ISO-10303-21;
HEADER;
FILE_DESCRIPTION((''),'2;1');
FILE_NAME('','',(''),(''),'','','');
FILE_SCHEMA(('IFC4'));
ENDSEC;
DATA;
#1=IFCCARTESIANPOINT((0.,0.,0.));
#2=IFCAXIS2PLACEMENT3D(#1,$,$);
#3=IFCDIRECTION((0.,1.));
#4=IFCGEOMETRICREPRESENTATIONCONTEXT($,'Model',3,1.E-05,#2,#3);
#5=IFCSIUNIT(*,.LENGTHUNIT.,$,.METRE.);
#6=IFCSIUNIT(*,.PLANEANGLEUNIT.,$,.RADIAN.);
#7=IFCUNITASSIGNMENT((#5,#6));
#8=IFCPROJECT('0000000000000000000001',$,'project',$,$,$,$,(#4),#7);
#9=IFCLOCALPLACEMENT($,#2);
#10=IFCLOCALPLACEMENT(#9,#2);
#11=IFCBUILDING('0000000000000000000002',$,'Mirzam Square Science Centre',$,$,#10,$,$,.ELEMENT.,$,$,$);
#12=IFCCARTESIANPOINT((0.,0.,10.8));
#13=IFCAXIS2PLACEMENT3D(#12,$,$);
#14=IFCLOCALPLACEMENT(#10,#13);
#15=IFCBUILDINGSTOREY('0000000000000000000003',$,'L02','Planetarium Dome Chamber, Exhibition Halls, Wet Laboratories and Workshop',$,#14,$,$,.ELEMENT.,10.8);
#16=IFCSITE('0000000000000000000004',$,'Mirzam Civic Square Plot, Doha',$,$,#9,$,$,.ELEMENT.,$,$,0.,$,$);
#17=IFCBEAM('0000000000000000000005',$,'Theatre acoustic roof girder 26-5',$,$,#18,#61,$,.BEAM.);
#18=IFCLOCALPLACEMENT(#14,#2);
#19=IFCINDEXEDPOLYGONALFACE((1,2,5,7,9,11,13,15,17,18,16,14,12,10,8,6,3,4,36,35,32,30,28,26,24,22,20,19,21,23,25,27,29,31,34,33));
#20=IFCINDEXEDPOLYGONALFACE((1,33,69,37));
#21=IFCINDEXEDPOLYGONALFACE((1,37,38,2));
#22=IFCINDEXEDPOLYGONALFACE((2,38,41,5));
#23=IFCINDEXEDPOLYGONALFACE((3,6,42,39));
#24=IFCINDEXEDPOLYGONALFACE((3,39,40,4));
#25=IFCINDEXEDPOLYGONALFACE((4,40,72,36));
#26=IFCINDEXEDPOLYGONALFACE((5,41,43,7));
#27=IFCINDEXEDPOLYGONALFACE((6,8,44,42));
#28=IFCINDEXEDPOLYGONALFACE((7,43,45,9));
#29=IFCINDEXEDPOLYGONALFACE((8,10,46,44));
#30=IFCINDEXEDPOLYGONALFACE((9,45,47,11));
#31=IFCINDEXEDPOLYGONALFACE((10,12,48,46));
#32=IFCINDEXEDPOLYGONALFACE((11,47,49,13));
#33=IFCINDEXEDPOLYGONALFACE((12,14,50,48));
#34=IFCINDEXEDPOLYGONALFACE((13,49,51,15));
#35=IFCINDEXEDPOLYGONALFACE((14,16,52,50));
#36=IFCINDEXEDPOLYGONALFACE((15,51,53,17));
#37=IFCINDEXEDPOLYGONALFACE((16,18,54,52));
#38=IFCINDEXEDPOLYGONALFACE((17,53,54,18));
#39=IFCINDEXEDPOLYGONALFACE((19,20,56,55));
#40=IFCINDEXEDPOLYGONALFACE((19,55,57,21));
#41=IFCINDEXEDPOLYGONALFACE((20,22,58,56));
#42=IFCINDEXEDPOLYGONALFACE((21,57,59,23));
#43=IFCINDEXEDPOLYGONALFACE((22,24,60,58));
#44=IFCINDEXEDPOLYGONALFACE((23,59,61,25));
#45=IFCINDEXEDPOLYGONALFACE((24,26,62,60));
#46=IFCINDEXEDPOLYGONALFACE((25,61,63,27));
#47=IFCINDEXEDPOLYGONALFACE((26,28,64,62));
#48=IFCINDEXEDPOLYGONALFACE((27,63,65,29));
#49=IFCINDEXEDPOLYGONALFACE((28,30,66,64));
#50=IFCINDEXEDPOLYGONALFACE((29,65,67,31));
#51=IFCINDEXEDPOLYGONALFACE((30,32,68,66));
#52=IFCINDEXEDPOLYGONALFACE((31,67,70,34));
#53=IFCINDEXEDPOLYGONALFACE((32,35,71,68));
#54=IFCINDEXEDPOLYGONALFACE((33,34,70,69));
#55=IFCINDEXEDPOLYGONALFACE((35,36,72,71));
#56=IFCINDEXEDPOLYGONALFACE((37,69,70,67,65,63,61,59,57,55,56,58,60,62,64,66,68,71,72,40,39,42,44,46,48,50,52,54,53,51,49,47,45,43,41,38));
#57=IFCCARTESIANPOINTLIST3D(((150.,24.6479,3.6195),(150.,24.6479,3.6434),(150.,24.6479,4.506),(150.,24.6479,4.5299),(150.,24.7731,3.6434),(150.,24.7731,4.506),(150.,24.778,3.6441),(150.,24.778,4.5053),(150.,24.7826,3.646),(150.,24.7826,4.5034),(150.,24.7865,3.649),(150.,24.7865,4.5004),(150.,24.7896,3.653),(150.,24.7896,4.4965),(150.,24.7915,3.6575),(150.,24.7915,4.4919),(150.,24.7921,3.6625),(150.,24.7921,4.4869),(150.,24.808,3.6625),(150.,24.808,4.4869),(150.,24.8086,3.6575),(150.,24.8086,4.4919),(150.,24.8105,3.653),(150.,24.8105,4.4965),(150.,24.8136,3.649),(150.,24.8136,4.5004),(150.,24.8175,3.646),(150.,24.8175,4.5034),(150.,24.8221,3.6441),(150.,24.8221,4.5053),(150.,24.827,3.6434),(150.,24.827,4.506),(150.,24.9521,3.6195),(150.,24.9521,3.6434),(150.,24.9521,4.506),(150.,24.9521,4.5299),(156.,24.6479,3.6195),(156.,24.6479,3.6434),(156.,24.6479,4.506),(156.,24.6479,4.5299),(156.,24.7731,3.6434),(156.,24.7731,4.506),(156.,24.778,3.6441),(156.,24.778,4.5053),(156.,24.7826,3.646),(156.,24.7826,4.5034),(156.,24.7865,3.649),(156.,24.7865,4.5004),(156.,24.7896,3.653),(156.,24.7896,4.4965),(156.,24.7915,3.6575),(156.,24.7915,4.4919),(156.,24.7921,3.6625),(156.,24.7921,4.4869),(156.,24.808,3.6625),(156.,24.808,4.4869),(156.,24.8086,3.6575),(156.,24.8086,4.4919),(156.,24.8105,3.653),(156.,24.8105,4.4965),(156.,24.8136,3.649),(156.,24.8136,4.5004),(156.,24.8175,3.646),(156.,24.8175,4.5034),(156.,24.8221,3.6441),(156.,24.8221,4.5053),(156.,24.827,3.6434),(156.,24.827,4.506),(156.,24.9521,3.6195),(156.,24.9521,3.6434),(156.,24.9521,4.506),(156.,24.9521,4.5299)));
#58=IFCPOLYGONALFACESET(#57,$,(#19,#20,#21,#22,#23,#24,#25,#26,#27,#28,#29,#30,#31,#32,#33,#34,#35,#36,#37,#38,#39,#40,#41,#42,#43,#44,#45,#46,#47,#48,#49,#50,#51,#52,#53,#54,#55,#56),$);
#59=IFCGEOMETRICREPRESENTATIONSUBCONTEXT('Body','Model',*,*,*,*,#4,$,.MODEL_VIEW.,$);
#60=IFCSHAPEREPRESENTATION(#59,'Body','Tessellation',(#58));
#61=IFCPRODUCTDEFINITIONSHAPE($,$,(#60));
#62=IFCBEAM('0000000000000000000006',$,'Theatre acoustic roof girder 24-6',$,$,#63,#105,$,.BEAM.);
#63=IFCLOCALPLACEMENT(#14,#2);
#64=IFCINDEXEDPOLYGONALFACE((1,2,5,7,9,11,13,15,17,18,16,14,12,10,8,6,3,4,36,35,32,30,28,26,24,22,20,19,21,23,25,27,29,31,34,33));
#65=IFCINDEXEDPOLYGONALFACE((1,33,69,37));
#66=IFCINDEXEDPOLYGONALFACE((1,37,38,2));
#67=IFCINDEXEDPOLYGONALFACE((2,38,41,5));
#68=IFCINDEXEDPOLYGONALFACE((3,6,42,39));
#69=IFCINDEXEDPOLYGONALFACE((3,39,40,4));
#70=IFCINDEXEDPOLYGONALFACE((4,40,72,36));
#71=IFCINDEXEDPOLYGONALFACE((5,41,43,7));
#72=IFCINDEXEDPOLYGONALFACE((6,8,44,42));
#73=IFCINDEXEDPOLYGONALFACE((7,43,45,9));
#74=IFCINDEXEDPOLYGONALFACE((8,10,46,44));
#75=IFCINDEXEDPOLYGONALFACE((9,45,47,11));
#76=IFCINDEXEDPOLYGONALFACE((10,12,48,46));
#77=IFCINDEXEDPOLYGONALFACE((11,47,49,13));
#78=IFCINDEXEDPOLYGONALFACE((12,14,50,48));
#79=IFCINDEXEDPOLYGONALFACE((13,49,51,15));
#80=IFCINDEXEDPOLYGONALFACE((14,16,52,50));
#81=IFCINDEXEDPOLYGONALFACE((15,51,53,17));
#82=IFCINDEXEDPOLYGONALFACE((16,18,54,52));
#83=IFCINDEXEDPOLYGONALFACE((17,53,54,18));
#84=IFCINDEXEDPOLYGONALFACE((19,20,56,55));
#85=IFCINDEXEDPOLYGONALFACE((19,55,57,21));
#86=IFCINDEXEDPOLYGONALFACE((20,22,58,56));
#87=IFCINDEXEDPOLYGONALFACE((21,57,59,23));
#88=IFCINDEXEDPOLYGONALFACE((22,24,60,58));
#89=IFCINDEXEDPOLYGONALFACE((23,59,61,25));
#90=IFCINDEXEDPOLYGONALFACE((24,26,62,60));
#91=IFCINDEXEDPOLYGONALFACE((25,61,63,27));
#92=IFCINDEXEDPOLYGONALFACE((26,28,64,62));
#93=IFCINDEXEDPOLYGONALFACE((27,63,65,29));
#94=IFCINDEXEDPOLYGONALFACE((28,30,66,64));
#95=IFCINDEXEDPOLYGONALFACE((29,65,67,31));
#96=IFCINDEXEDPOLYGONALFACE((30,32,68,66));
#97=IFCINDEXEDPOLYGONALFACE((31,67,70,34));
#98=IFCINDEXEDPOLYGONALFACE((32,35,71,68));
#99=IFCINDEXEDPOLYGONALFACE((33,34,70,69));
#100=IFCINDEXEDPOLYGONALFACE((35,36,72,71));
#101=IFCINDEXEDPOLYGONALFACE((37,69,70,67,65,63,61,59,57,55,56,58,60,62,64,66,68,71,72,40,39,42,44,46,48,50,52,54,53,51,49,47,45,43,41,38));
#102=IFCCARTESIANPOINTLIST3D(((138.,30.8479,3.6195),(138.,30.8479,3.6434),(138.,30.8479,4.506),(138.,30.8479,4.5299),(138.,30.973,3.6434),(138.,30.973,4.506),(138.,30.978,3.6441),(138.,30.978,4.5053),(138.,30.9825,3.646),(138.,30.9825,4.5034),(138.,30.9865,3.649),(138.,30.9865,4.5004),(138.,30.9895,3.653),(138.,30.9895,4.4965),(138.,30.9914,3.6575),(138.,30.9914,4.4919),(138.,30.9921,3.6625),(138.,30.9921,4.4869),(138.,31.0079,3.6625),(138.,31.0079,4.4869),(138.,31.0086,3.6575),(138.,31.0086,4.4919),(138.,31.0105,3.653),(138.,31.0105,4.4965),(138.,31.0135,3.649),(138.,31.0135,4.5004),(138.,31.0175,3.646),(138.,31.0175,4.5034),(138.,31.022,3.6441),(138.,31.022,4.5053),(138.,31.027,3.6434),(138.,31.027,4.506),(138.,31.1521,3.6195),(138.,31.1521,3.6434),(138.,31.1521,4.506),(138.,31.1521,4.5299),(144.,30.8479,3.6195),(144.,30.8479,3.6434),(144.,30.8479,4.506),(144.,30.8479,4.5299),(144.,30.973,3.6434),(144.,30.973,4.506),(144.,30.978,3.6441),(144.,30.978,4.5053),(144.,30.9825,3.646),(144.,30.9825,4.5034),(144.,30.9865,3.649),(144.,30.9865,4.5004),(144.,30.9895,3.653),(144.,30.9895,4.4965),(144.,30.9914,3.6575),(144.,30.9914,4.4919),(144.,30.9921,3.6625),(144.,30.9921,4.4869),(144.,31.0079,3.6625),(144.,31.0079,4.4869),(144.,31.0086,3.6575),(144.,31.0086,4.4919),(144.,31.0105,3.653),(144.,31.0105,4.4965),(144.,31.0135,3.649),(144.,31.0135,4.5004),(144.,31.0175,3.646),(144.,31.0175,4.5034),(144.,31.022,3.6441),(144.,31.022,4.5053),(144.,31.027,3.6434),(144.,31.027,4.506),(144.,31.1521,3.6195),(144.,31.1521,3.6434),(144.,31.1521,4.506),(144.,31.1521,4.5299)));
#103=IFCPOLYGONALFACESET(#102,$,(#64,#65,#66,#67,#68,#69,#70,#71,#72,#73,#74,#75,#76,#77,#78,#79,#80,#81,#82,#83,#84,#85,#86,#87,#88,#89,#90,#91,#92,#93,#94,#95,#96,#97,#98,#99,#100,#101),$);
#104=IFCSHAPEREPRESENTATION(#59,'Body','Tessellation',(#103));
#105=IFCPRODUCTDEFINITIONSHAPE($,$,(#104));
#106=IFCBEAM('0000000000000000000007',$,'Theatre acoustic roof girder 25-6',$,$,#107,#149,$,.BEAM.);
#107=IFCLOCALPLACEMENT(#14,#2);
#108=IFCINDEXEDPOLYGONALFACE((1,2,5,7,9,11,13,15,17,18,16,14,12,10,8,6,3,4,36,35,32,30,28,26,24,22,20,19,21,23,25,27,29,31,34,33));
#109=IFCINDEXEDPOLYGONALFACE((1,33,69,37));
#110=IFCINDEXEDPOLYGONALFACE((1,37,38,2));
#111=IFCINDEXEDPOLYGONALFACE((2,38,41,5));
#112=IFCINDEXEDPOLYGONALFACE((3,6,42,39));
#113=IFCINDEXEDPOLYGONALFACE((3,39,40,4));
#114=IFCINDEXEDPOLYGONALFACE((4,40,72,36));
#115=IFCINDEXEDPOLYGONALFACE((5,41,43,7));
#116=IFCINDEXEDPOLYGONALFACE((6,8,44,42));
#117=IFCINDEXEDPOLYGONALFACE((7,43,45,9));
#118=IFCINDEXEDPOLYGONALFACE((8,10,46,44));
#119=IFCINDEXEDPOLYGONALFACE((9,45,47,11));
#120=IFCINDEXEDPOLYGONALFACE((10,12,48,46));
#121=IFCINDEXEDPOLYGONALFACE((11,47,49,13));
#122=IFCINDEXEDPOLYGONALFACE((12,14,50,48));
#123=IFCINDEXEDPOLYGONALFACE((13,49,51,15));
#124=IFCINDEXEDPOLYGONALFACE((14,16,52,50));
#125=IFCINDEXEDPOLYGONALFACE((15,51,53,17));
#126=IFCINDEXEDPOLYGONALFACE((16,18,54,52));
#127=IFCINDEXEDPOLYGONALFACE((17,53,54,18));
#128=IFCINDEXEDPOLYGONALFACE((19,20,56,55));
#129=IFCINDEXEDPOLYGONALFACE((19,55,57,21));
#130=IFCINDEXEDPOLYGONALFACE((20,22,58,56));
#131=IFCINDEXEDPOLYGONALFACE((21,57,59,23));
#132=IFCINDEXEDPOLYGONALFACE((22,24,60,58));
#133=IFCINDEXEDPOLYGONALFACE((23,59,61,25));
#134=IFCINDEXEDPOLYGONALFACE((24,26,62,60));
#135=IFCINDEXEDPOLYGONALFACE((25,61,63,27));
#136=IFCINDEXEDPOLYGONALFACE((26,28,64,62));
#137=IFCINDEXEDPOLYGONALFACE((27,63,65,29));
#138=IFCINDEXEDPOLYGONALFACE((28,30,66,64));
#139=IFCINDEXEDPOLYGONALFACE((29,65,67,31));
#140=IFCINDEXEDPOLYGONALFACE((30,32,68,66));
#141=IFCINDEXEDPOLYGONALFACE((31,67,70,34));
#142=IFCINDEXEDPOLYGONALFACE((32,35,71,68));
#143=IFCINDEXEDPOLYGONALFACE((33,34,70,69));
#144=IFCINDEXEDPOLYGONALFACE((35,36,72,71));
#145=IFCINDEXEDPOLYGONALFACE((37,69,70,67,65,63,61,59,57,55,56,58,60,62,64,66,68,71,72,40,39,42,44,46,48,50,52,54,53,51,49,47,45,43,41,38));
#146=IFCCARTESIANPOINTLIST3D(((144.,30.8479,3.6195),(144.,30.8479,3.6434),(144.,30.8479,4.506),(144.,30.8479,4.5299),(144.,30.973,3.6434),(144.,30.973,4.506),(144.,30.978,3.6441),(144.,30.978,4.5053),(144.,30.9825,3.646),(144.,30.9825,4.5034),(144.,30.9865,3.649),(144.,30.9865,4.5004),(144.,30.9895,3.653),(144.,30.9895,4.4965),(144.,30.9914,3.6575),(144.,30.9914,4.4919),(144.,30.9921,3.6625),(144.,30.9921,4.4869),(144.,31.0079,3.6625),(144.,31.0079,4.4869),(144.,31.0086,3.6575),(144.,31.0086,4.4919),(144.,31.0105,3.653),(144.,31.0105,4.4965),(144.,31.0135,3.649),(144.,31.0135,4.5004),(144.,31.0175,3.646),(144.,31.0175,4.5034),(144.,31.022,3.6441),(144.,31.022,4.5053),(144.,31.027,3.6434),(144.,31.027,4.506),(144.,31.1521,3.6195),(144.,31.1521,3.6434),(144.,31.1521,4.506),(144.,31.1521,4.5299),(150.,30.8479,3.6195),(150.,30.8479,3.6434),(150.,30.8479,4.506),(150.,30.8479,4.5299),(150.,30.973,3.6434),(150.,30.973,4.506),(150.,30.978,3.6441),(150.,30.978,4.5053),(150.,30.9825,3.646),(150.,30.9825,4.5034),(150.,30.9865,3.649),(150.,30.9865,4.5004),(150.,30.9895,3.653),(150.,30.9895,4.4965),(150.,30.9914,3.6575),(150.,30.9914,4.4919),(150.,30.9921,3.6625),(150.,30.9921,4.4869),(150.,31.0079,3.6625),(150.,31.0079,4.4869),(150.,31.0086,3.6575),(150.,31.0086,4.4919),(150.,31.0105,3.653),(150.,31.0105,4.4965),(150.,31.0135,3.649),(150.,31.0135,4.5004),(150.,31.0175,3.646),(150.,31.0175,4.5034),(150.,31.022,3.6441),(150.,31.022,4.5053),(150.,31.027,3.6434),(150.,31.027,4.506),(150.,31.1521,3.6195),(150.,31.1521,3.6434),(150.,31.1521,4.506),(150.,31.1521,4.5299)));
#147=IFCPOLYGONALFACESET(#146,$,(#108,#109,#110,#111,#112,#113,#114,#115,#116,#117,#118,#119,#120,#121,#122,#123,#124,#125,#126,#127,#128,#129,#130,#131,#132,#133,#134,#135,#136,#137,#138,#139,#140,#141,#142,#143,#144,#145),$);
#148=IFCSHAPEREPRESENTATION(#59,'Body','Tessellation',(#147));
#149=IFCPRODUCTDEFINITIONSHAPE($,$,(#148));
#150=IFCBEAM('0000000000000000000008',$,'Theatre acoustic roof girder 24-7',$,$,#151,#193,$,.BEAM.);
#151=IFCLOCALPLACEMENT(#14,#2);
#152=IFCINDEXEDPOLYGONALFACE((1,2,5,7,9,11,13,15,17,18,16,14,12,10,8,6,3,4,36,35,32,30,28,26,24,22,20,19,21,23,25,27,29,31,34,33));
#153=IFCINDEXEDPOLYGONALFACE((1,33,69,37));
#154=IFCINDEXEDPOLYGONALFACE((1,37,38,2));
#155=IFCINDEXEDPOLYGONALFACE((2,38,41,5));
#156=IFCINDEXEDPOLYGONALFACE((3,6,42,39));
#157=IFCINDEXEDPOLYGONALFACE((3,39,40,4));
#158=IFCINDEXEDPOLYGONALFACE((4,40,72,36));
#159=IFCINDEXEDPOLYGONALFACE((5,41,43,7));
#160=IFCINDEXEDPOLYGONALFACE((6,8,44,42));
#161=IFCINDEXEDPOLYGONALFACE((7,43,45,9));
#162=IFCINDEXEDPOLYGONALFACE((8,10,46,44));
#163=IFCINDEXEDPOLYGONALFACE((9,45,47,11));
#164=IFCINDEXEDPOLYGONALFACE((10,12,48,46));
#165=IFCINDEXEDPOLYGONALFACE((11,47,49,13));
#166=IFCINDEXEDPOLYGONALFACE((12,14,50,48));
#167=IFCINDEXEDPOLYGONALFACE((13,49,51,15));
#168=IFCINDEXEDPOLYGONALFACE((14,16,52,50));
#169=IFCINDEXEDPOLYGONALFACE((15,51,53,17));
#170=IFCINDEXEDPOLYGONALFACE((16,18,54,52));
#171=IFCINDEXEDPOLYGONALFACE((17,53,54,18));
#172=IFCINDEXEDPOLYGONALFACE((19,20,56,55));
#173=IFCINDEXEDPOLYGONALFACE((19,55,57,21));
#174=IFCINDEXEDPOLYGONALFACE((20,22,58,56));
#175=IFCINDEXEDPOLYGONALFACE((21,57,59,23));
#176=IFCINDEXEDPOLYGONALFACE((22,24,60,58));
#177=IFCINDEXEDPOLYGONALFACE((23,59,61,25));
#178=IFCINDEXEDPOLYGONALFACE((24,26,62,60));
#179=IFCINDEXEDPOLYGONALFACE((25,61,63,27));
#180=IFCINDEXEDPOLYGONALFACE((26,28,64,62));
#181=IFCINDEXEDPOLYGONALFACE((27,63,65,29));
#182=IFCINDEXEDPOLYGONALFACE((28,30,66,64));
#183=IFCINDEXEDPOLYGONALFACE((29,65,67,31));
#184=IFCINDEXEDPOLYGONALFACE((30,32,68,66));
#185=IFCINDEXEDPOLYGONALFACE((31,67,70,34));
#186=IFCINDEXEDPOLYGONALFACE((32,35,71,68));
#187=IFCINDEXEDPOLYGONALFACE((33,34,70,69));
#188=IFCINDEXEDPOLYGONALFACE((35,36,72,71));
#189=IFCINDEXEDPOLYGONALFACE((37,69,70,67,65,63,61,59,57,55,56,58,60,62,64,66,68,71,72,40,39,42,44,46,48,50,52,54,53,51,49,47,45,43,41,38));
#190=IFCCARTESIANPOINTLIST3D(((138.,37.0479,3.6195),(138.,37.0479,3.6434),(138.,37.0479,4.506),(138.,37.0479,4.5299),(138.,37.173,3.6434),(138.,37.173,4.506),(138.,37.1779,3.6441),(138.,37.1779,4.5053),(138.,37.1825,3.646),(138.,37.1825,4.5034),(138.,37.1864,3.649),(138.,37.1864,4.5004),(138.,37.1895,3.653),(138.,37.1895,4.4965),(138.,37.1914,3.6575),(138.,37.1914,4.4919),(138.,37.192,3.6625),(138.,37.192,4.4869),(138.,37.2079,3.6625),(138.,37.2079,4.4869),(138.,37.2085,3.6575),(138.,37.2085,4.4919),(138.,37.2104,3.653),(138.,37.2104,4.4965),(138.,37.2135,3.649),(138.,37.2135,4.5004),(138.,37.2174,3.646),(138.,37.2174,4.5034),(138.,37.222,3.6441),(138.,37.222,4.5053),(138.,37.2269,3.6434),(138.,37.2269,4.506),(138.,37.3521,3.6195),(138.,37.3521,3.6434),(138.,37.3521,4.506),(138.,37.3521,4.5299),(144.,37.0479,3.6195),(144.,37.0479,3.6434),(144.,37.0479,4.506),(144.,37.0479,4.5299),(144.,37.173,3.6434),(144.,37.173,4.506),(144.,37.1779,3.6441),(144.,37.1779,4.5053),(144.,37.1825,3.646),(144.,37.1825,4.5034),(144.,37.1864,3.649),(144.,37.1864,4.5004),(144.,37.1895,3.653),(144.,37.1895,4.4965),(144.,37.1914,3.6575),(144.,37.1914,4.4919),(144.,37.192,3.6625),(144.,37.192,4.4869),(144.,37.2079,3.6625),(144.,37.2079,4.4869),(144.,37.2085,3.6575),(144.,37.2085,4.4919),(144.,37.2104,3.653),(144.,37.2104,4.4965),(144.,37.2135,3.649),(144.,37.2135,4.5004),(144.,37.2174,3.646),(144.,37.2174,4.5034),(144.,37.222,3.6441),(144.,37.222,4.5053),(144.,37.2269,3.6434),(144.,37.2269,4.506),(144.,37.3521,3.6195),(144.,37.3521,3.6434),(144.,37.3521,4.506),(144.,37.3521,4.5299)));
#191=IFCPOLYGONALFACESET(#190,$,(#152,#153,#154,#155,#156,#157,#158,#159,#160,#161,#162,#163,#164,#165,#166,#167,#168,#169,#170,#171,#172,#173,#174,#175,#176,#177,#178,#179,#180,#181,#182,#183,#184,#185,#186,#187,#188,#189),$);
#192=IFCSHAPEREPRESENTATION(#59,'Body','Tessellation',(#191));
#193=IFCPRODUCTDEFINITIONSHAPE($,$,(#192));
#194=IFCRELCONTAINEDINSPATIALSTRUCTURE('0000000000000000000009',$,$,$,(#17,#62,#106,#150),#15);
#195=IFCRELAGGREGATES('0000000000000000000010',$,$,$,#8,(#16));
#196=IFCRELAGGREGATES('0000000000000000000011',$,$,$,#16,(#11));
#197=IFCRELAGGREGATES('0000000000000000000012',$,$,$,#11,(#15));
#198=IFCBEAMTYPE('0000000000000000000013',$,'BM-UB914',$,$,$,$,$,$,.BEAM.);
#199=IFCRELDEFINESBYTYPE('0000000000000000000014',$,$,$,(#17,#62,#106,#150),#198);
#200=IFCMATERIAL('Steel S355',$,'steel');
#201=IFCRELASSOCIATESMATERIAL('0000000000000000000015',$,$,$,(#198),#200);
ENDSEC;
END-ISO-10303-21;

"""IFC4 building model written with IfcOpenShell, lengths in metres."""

from ifc_helpers import new_model, si_unit, direction, frame, origin, origin_2d, place, context, subcontext, project, spatial, i_section, extrude, material, material_profile, profile_set, type_object, element, save


model = new_model("IFC4")

# Units and contexts
model_context = context("Model", 3, precision=1e-05, world=origin(), true_north=direction((0.0, 1.0)))
body_context = subcontext(model_context, "Body", "Model", "MODEL_VIEW")
ifc_project = project(units=[si_unit("LENGTHUNIT", "METRE"), si_unit("PLANEANGLEUNIT", "RADIAN")], contexts=[model_context])

# Site, building, storey
site_placement = place(None, origin())
site = spatial("IfcSite", under=ifc_project, at=site_placement, Name="Mirzam Civic Square Plot, Doha", CompositionType="ELEMENT", RefElevation=0.0)
building_placement = place(site_placement, origin())
building = spatial("IfcBuilding", under=site, at=building_placement, Name="Mirzam Square Science Centre", CompositionType="ELEMENT")
storey_placement = place(building_placement, frame((0.0, 0.0, 10.8)))
storey = spatial("IfcBuildingStorey", under=building, at=storey_placement, Name="L02", Description="Planetarium Dome Chamber, Exhibition Halls, Wet Laboratories and Workshop", CompositionType="ELEMENT", Elevation=10.8)

# Shared definitions
ifc_material_1 = material(Name="Steel S355", Category="steel")

# Beams
ifc_material_profile_1 = material_profile(ifc_material_1, i_section(OverallWidth=0.3042, OverallDepth=0.9104, WebThickness=0.0159, FlangeThickness=0.0239, FilletRadius=0.019, at=origin_2d()), Name="914x305x224UB")
ifc_profile_set_1 = profile_set([ifc_material_profile_1], Name="Steel S355")
beam_type_1 = type_object("IfcBeamType", Name="BM-UB914", PredefinedType="BEAM", material=ifc_profile_set_1)
for number, where, z_axis, x_axis, name in (
    (1, (150.0, 24.8, 4.0747), (1.0, 0.0, 0.0), (0.0, 1.0, 0.0), "Theatre acoustic roof girder 26-5"),
    (2, (138.0, 31.0, 4.0747), (1.0, 0.0, 0.0), (0.0, 1.0, 0.0), "Theatre acoustic roof girder 24-6"),
    (3, (144.0, 31.0, 4.0747), (1.0, 0.0, 0.0), (0.0, 1.0, 0.0), "Theatre acoustic roof girder 25-6"),
    (4, (138.0, 37.2, 4.0747), (1.0, 0.0, 0.0), (0.0, 1.0, 0.0), "Theatre acoustic roof girder 24-7"),
):
    element("IfcBeam", number, at=place(storey_placement, frame(where, z_axis=z_axis, x_axis=x_axis)), inside=storey, type_object=beam_type_1, Name=name, PredefinedType="BEAM", context=body_context, shape_type="SweptSolid", body=[
        extrude(i_section(OverallWidth=0.3042, OverallDepth=0.9104, WebThickness=0.0159, FlangeThickness=0.0239, FilletRadius=0.019, at=origin_2d()), origin(), (0.0, 0.0, 1.0), 6.0),
    ])

save(model, "model.ifc")
